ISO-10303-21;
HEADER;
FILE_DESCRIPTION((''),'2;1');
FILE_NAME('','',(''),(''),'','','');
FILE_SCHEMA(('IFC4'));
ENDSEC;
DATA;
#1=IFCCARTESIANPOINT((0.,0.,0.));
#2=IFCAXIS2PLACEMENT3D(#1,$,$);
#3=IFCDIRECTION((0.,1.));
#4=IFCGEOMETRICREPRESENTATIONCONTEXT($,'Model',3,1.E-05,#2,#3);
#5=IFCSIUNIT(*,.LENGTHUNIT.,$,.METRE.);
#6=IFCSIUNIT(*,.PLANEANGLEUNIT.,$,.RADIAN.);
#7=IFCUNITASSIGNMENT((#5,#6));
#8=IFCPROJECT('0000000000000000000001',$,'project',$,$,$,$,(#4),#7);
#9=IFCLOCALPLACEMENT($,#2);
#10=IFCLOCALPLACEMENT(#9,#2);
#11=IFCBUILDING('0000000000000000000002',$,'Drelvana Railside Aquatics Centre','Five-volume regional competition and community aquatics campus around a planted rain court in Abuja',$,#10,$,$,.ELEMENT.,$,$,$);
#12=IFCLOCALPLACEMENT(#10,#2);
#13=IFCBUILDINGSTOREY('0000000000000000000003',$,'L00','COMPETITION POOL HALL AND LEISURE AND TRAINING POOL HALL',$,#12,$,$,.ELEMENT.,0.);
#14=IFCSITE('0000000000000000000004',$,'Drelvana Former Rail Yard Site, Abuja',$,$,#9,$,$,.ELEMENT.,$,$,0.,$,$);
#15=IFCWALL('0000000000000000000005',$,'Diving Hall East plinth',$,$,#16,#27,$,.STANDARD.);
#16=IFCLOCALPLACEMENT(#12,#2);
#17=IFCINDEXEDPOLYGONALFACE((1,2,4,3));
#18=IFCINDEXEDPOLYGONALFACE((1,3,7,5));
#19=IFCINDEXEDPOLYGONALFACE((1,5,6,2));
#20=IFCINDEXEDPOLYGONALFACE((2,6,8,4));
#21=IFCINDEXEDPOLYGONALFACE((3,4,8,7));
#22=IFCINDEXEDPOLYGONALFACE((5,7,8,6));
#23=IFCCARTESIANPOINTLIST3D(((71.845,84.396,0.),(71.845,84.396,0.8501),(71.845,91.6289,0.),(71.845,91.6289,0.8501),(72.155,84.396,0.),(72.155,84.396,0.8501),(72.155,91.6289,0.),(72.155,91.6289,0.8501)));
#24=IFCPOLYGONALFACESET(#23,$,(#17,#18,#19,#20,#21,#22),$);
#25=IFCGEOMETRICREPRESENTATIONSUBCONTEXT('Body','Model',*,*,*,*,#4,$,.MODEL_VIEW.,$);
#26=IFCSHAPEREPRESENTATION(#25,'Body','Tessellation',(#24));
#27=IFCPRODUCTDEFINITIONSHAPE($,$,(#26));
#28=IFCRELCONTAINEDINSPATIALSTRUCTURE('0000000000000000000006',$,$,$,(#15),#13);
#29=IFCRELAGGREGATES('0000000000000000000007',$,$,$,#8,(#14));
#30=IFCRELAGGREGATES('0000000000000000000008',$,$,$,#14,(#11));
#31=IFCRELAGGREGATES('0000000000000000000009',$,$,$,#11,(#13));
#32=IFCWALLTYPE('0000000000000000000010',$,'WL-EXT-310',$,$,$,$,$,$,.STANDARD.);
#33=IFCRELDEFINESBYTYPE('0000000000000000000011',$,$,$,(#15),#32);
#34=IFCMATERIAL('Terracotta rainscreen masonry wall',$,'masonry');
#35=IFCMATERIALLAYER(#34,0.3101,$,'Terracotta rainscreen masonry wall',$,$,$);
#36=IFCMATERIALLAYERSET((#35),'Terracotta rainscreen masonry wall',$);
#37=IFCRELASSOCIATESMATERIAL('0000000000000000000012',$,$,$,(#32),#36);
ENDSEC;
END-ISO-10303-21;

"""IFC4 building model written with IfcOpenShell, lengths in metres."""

from ifc_helpers import new_model, si_unit, direction, frame, frame_2d, origin, place, context, subcontext, project, spatial, rectangle, extrude, material, layer, layer_set, type_object, element, save


model = new_model("IFC4")

# Units and contexts
model_context = context("Model", 3, precision=1e-05, world=origin(), true_north=direction((0.0, 1.0)))
body_context = subcontext(model_context, "Body", "Model", "MODEL_VIEW")
ifc_project = project(units=[si_unit("LENGTHUNIT", "METRE"), si_unit("PLANEANGLEUNIT", "RADIAN")], contexts=[model_context])

# Site, building, storey
site_placement = place(None, origin())
site = spatial("IfcSite", under=ifc_project, at=site_placement, Name="Drelvana Former Rail Yard Site, Abuja", CompositionType="ELEMENT", RefElevation=0.0)
building_placement = place(site_placement, origin())
building = spatial("IfcBuilding", under=site, at=building_placement, Name="Drelvana Railside Aquatics Centre", Description="Five-volume regional competition and community aquatics campus around a planted rain court in Abuja", CompositionType="ELEMENT")
storey_placement = place(building_placement, origin())
storey = spatial("IfcBuildingStorey", under=building, at=storey_placement, Name="L00", Description="COMPETITION POOL HALL AND LEISURE AND TRAINING POOL HALL", CompositionType="ELEMENT", Elevation=0.0)

# Wall
ifc_material_1 = material(Name="Terracotta rainscreen masonry wall", Category="masonry")
ifc_layer_1 = layer(ifc_material_1, 0.3101, Name="Terracotta rainscreen masonry wall")
ifc_layer_set_1 = layer_set([ifc_layer_1], Name="Terracotta rainscreen masonry wall")
wall_type_1 = type_object("IfcWallType", Name="WL-EXT-310", PredefinedType="STANDARD", material=ifc_layer_set_1)
wall_1_placement = place(storey_placement, frame((72.0, 84.396, 0.0), z_axis=(0.0, 0.0, 1.0), x_axis=(0.0, 1.0, 0.0)))
element("IfcWall", 1, at=wall_1_placement, inside=storey, type_object=wall_type_1, Name="Diving Hall East plinth", PredefinedType="STANDARD", context=body_context, shape_type="SweptSolid", body=[
    extrude(rectangle(XDim=7.2329, YDim=0.3101, at=frame_2d((3.6165, 0.0))), origin(), (0.0, 0.0, 1.0), 0.8501),
])

save(model, "model.ifc")
